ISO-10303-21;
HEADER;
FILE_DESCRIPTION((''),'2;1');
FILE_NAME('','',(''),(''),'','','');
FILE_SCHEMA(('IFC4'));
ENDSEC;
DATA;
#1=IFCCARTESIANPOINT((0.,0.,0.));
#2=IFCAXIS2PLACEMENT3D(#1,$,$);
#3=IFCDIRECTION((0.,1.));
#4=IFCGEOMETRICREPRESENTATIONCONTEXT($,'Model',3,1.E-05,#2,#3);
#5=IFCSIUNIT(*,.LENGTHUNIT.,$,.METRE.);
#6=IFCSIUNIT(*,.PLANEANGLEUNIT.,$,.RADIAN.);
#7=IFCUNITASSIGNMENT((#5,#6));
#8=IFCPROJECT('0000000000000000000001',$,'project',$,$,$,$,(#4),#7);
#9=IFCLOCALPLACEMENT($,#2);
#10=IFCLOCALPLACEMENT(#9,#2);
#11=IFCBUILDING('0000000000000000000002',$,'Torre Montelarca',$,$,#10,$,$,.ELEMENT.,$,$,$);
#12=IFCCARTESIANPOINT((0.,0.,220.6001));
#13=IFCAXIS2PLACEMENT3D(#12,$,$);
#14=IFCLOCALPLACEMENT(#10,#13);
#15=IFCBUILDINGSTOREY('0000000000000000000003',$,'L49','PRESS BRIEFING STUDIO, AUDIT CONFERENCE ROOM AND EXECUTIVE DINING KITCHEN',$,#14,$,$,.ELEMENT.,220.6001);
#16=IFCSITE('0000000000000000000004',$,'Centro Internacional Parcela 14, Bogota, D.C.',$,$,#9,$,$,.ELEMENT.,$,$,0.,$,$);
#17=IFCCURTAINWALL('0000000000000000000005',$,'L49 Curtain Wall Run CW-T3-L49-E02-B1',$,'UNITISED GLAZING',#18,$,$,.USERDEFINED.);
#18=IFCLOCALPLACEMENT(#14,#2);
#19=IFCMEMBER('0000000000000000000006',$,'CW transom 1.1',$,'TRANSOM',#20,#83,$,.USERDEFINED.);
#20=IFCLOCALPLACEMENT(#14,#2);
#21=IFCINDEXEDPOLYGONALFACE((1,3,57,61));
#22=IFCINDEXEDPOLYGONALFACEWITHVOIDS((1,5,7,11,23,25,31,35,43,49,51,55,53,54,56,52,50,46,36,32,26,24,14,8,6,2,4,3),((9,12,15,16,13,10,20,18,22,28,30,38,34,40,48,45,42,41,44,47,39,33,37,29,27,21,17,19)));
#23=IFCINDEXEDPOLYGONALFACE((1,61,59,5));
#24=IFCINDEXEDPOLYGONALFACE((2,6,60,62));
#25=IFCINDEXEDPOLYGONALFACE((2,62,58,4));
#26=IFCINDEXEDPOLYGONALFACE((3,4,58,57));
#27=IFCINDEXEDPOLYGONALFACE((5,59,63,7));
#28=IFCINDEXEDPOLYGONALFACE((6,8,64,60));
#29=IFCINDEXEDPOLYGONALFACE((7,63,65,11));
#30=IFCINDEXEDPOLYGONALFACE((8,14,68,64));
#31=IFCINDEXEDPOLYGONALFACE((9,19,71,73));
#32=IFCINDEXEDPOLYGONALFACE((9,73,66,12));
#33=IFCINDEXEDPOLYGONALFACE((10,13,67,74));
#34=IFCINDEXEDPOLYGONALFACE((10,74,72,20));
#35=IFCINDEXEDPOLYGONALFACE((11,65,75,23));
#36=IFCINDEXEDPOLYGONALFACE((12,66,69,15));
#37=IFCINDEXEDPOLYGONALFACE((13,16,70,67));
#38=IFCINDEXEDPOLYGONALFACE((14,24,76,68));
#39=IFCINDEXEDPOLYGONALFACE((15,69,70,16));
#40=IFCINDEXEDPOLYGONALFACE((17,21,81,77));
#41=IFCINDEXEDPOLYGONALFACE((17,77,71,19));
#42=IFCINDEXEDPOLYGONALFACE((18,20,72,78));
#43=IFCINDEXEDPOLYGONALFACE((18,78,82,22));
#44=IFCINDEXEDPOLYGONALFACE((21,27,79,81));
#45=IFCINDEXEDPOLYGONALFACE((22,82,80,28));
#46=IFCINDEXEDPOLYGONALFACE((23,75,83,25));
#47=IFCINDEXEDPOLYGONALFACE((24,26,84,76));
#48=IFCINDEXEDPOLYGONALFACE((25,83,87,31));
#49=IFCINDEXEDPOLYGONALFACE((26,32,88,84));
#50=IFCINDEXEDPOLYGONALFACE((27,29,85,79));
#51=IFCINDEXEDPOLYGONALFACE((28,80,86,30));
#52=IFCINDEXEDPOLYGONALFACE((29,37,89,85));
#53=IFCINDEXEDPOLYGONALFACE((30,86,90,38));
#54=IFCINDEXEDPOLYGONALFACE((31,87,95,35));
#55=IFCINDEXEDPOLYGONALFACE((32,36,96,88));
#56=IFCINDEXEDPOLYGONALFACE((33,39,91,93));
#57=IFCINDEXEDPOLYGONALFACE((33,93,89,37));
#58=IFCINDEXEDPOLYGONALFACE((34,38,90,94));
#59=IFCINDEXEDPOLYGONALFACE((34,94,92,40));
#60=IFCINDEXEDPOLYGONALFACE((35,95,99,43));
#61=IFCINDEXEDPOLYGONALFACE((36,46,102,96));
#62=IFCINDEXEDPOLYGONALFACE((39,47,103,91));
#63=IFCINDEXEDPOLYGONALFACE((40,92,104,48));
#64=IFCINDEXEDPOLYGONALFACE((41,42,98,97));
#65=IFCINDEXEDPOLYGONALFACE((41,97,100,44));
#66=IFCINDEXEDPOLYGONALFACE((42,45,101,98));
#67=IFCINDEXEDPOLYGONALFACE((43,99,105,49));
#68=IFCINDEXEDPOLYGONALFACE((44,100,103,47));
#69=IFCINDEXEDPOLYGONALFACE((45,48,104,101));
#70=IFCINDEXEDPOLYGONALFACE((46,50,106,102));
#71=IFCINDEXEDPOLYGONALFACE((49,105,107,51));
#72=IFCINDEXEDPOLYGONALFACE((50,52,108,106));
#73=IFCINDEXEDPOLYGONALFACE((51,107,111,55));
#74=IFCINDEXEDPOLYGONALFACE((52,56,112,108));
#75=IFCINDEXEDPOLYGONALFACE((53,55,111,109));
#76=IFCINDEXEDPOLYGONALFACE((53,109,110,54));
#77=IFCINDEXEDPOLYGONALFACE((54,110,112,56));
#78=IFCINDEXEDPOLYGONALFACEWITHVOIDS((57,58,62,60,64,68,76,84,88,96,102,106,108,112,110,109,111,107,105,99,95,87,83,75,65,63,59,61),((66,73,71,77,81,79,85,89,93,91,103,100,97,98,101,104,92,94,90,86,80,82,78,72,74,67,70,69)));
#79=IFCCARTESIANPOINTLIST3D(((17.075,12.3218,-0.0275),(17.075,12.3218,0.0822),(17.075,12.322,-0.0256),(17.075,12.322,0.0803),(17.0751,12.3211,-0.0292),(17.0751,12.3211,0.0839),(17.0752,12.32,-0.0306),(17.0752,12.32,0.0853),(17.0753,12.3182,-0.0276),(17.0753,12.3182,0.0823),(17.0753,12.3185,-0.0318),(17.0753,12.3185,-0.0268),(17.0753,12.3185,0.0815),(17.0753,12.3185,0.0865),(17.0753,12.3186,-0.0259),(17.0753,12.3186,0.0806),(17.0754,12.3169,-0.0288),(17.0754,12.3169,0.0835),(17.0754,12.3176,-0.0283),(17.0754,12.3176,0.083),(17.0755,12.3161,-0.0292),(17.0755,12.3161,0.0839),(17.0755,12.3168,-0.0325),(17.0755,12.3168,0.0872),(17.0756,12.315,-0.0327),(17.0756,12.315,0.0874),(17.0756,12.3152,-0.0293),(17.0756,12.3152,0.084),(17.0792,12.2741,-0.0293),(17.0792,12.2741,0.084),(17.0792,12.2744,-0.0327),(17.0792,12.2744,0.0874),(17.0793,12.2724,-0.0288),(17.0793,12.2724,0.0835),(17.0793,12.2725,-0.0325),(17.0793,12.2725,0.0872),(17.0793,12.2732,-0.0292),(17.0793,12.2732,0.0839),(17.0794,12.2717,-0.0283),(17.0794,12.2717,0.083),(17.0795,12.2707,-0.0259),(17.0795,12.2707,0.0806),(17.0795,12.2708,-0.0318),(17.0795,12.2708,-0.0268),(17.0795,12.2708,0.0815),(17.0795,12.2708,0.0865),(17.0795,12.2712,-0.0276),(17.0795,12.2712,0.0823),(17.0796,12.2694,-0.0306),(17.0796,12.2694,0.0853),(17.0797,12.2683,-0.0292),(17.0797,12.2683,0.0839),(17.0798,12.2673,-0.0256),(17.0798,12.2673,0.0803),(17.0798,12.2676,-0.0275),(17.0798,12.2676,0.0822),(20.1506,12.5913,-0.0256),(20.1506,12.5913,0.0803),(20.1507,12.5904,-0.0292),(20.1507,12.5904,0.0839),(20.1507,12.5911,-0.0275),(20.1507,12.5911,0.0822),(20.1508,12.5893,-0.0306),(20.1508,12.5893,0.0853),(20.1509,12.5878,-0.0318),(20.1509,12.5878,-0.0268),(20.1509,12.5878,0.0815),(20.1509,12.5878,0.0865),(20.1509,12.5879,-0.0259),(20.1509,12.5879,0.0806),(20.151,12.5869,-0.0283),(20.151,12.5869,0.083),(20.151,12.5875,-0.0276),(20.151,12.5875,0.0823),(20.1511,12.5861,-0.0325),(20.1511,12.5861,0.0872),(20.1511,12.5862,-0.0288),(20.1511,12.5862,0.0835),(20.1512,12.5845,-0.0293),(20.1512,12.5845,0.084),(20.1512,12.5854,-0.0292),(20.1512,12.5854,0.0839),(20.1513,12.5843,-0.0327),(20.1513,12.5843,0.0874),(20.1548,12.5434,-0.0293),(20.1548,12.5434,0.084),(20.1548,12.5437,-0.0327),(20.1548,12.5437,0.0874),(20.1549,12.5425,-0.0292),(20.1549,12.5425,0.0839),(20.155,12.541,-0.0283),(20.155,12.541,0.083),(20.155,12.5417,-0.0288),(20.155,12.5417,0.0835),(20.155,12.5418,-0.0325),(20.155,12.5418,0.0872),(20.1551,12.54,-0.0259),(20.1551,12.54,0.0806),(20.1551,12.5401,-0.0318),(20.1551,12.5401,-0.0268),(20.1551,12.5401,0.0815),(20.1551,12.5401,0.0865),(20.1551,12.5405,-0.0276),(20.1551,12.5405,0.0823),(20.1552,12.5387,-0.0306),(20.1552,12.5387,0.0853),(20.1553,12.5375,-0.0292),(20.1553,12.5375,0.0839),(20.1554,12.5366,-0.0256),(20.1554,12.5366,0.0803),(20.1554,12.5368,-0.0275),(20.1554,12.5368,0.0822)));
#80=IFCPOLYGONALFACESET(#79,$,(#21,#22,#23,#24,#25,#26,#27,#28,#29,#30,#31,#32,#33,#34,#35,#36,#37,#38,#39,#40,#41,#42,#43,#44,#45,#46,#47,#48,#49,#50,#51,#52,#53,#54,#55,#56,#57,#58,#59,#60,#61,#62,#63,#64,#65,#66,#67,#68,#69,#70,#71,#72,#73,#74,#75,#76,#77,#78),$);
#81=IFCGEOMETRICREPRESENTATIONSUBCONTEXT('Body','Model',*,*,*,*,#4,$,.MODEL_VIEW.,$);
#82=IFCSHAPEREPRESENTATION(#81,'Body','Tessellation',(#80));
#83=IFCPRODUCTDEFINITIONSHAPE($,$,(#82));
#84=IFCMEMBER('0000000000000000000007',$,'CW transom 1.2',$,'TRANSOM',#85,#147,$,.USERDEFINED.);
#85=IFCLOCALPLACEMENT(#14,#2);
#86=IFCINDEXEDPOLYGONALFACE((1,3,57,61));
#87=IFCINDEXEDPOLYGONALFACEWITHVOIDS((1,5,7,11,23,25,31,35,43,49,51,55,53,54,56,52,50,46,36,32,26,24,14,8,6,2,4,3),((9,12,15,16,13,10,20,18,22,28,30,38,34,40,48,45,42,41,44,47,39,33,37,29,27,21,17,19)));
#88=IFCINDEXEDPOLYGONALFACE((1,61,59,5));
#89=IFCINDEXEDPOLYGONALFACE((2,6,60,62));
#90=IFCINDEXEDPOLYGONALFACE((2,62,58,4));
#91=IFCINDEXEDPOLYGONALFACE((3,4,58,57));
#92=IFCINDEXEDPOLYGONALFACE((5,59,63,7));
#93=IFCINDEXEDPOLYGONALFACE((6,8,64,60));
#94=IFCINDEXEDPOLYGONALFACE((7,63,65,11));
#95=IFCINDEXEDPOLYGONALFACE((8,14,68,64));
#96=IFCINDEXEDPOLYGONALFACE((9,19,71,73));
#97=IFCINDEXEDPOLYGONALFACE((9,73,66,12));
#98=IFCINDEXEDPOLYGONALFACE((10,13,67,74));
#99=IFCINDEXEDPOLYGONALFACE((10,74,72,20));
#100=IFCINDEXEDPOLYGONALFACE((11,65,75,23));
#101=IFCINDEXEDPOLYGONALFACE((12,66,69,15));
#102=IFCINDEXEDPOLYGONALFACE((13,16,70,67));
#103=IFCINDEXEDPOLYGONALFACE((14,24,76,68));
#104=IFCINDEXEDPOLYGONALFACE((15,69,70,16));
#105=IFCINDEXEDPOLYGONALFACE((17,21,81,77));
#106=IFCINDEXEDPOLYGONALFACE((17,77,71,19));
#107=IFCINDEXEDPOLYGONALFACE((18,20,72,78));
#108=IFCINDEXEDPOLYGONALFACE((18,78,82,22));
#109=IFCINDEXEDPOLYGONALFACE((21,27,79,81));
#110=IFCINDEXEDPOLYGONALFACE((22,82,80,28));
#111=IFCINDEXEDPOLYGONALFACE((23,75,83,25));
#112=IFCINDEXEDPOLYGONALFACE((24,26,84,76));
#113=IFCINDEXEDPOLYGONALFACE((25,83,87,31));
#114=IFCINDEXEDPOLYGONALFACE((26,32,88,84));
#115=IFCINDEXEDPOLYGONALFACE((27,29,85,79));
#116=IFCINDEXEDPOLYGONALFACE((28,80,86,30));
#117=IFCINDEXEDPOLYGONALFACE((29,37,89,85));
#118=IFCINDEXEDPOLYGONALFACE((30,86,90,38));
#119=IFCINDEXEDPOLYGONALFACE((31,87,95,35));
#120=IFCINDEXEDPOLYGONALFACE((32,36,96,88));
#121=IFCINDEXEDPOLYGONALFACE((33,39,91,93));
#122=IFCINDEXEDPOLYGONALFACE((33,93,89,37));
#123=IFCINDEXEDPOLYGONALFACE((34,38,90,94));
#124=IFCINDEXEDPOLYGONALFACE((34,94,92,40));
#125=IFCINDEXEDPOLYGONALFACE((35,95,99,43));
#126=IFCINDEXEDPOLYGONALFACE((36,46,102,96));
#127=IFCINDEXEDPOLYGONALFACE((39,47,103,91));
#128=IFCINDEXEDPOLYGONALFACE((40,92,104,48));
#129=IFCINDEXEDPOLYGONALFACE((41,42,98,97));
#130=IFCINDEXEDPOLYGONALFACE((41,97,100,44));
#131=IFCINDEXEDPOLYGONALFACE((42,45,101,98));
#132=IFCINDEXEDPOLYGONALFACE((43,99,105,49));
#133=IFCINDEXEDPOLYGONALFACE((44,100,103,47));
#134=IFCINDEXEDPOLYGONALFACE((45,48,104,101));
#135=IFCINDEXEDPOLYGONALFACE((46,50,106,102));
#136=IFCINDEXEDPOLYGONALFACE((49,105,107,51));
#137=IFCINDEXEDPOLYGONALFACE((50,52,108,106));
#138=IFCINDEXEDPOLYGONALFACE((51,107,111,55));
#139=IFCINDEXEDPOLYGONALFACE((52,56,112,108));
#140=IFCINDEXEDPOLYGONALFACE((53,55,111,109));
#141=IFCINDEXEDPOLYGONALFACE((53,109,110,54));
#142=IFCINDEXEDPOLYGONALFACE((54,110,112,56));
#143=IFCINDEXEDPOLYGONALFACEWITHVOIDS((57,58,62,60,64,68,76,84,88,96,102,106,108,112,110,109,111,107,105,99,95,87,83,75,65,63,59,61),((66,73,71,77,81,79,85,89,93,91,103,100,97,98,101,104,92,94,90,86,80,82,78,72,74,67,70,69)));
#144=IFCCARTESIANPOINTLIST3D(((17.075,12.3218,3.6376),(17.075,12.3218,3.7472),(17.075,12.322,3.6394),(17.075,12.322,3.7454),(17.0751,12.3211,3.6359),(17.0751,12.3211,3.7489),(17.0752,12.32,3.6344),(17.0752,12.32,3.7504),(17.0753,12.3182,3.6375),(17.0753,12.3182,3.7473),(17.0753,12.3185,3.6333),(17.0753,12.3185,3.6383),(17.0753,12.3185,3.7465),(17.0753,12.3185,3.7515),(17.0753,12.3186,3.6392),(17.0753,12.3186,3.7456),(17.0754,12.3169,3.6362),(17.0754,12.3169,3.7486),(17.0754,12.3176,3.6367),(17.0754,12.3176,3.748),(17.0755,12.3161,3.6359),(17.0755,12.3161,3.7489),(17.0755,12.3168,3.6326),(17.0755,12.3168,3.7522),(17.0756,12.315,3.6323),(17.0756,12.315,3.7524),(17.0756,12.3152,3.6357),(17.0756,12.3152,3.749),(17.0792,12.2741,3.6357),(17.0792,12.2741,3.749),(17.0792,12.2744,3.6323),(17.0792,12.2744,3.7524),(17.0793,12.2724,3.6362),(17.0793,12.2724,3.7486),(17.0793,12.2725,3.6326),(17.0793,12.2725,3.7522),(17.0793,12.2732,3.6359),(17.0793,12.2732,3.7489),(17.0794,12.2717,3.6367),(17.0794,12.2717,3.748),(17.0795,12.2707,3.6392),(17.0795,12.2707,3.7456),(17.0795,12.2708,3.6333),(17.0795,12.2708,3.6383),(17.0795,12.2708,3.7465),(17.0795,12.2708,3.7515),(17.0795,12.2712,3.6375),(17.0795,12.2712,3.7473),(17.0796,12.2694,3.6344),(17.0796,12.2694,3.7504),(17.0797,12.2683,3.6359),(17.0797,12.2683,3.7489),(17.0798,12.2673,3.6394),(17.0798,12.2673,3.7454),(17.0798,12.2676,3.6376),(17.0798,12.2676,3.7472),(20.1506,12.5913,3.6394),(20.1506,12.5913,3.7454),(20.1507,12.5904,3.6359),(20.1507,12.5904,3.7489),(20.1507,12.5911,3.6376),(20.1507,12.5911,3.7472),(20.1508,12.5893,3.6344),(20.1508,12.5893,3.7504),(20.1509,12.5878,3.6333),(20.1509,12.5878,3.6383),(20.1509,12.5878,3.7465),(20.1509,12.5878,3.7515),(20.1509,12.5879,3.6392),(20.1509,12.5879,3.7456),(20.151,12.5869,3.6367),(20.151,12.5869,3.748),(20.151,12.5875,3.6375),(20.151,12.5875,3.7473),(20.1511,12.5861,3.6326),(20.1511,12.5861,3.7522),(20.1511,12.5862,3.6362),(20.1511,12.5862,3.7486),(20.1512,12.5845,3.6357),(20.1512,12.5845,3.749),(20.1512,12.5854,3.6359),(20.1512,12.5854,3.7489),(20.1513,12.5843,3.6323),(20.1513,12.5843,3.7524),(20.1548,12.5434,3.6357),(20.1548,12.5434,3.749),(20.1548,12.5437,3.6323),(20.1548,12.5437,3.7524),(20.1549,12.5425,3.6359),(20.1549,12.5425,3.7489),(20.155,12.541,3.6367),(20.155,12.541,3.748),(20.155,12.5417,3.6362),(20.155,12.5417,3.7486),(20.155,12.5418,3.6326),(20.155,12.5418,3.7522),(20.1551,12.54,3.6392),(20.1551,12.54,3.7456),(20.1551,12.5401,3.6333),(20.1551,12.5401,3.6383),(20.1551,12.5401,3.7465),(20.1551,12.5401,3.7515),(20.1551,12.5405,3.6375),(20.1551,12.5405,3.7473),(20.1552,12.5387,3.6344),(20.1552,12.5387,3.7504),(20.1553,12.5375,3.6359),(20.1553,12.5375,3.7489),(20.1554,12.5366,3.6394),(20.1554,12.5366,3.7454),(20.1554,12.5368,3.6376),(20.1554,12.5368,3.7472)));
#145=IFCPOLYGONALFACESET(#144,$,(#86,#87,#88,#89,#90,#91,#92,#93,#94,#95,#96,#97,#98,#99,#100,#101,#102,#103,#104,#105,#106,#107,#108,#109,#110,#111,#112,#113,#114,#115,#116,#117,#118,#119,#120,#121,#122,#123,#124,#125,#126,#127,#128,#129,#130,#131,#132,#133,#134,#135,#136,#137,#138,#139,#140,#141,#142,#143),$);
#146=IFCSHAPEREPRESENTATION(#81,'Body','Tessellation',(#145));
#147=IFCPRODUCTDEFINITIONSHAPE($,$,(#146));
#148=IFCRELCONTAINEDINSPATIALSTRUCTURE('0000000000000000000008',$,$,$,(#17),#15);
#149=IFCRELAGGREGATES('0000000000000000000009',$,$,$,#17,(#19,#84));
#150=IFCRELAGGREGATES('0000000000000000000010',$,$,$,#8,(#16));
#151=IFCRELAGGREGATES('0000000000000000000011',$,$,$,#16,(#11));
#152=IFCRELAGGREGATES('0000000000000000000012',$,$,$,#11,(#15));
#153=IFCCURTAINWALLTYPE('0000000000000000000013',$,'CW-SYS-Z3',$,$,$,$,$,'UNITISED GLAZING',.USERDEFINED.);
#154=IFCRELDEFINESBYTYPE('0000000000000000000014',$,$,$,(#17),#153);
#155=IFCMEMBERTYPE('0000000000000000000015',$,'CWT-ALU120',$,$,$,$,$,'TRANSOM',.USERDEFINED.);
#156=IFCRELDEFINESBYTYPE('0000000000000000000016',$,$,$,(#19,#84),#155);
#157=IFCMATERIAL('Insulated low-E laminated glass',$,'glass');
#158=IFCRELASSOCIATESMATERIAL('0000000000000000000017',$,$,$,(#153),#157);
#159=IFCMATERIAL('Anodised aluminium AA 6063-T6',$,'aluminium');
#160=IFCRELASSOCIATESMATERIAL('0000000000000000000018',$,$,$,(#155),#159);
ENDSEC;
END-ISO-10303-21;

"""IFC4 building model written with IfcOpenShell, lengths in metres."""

from ifc_helpers import new_model, si_unit, direction, frame, origin, origin_2d, place, context, subcontext, project, spatial, hollow_rectangle, extrude, source, transform, mapped, material, material_profile, profile_set, type_object, element, aggregate, save


model = new_model("IFC4")

# Units and contexts
model_context = context("Model", 3, precision=1e-05, world=origin(), true_north=direction((0.0, 1.0)))
body_context = subcontext(model_context, "Body", "Model", "MODEL_VIEW")
ifc_project = project(units=[si_unit("LENGTHUNIT", "METRE"), si_unit("PLANEANGLEUNIT", "RADIAN")], contexts=[model_context])

# Site, building, storey
site_placement = place(None, origin())
site = spatial("IfcSite", under=ifc_project, at=site_placement, Name="Centro Internacional Parcela 14, Bogota, D.C.", CompositionType="ELEMENT", RefElevation=0.0)
building_placement = place(site_placement, origin())
building = spatial("IfcBuilding", under=site, at=building_placement, Name="Torre Montelarca", CompositionType="ELEMENT")
storey_placement = place(building_placement, frame((0.0, 0.0, 220.6001)))
storey = spatial("IfcBuildingStorey", under=building, at=storey_placement, Name="L49", Description="PRESS BRIEFING STUDIO, AUDIT CONFERENCE ROOM AND EXECUTIVE DINING KITCHEN", CompositionType="ELEMENT", Elevation=220.6001)

# Curtain wall, members
ifc_material_1 = material(Name="Insulated low-E laminated glass", Category="glass")
curtain_wall_type = type_object("IfcCurtainWallType", Name="CW-SYS-Z3", ElementType="UNITISED GLAZING", PredefinedType="USERDEFINED", material=ifc_material_1)
ifc_material_2 = material(Name="Anodised aluminium AA 6063-T6", Category="aluminium")
ifc_material_profile_1 = material_profile(ifc_material_2, hollow_rectangle(XDim=0.0549, YDim=0.1201, WallThickness=0.0034, InnerFilletRadius=0.0034, OuterFilletRadius=0.0071, at=origin_2d()), Name="ALU55X120X3.5", Category="aluminium")
ifc_profile_set_1 = profile_set([ifc_material_profile_1], Name="Anodised aluminium AA 6063-T6")
member_type_1 = type_object("IfcMemberType", Name="CWT-ALU120", ElementType="TRANSOM", PredefinedType="USERDEFINED", material=ifc_profile_set_1)
curtain_wall_1_placement = place(storey_placement, origin())
curtain_wall_1 = element("IfcCurtainWall", 1, at=curtain_wall_1_placement, inside=storey, type_object=curtain_wall_type, Name="L49 Curtain Wall Run CW-T3-L49-E02-B1", ObjectType="UNITISED GLAZING", PredefinedType="USERDEFINED")
shared_shape_1 = source(origin(), body_context, "Body", "SweptSolid", [
    extrude(hollow_rectangle(XDim=0.0549, YDim=0.1201, WallThickness=0.0034, InnerFilletRadius=0.0034, OuterFilletRadius=0.0071, at=origin_2d()), origin(), (0.0, 0.0, 1.0), 3.0874),
])
member_1_placement = place(storey_placement, frame((17.0774, 12.2947, 0.0273), z_axis=(0.996189, 0.08722, 0.0), x_axis=(-0.08722, 0.996189, 0.0)))
member_1 = element("IfcMember", 2, at=member_1_placement, type_object=member_type_1, Name="CW transom 1.1", ObjectType="TRANSOM", PredefinedType="USERDEFINED", context=body_context, shape_type="MappedRepresentation", body=[
    mapped(shared_shape_1, transform((0.0, 0.0, 0.0), scale=1.0)),
])
member_2_placement = place(storey_placement, frame((17.0774, 12.2947, 3.6924), z_axis=(0.996189, 0.08722, 0.0), x_axis=(-0.08722, 0.996189, 0.0)))
member_2 = element("IfcMember", 3, at=member_2_placement, type_object=member_type_1, Name="CW transom 1.2", ObjectType="TRANSOM", PredefinedType="USERDEFINED", context=body_context, shape_type="MappedRepresentation", body=[
    mapped(shared_shape_1, transform((0.0, 0.0, 0.0), scale=1.0)),
])

aggregate(curtain_wall_1, [member_1, member_2])

save(model, "model.ifc")
